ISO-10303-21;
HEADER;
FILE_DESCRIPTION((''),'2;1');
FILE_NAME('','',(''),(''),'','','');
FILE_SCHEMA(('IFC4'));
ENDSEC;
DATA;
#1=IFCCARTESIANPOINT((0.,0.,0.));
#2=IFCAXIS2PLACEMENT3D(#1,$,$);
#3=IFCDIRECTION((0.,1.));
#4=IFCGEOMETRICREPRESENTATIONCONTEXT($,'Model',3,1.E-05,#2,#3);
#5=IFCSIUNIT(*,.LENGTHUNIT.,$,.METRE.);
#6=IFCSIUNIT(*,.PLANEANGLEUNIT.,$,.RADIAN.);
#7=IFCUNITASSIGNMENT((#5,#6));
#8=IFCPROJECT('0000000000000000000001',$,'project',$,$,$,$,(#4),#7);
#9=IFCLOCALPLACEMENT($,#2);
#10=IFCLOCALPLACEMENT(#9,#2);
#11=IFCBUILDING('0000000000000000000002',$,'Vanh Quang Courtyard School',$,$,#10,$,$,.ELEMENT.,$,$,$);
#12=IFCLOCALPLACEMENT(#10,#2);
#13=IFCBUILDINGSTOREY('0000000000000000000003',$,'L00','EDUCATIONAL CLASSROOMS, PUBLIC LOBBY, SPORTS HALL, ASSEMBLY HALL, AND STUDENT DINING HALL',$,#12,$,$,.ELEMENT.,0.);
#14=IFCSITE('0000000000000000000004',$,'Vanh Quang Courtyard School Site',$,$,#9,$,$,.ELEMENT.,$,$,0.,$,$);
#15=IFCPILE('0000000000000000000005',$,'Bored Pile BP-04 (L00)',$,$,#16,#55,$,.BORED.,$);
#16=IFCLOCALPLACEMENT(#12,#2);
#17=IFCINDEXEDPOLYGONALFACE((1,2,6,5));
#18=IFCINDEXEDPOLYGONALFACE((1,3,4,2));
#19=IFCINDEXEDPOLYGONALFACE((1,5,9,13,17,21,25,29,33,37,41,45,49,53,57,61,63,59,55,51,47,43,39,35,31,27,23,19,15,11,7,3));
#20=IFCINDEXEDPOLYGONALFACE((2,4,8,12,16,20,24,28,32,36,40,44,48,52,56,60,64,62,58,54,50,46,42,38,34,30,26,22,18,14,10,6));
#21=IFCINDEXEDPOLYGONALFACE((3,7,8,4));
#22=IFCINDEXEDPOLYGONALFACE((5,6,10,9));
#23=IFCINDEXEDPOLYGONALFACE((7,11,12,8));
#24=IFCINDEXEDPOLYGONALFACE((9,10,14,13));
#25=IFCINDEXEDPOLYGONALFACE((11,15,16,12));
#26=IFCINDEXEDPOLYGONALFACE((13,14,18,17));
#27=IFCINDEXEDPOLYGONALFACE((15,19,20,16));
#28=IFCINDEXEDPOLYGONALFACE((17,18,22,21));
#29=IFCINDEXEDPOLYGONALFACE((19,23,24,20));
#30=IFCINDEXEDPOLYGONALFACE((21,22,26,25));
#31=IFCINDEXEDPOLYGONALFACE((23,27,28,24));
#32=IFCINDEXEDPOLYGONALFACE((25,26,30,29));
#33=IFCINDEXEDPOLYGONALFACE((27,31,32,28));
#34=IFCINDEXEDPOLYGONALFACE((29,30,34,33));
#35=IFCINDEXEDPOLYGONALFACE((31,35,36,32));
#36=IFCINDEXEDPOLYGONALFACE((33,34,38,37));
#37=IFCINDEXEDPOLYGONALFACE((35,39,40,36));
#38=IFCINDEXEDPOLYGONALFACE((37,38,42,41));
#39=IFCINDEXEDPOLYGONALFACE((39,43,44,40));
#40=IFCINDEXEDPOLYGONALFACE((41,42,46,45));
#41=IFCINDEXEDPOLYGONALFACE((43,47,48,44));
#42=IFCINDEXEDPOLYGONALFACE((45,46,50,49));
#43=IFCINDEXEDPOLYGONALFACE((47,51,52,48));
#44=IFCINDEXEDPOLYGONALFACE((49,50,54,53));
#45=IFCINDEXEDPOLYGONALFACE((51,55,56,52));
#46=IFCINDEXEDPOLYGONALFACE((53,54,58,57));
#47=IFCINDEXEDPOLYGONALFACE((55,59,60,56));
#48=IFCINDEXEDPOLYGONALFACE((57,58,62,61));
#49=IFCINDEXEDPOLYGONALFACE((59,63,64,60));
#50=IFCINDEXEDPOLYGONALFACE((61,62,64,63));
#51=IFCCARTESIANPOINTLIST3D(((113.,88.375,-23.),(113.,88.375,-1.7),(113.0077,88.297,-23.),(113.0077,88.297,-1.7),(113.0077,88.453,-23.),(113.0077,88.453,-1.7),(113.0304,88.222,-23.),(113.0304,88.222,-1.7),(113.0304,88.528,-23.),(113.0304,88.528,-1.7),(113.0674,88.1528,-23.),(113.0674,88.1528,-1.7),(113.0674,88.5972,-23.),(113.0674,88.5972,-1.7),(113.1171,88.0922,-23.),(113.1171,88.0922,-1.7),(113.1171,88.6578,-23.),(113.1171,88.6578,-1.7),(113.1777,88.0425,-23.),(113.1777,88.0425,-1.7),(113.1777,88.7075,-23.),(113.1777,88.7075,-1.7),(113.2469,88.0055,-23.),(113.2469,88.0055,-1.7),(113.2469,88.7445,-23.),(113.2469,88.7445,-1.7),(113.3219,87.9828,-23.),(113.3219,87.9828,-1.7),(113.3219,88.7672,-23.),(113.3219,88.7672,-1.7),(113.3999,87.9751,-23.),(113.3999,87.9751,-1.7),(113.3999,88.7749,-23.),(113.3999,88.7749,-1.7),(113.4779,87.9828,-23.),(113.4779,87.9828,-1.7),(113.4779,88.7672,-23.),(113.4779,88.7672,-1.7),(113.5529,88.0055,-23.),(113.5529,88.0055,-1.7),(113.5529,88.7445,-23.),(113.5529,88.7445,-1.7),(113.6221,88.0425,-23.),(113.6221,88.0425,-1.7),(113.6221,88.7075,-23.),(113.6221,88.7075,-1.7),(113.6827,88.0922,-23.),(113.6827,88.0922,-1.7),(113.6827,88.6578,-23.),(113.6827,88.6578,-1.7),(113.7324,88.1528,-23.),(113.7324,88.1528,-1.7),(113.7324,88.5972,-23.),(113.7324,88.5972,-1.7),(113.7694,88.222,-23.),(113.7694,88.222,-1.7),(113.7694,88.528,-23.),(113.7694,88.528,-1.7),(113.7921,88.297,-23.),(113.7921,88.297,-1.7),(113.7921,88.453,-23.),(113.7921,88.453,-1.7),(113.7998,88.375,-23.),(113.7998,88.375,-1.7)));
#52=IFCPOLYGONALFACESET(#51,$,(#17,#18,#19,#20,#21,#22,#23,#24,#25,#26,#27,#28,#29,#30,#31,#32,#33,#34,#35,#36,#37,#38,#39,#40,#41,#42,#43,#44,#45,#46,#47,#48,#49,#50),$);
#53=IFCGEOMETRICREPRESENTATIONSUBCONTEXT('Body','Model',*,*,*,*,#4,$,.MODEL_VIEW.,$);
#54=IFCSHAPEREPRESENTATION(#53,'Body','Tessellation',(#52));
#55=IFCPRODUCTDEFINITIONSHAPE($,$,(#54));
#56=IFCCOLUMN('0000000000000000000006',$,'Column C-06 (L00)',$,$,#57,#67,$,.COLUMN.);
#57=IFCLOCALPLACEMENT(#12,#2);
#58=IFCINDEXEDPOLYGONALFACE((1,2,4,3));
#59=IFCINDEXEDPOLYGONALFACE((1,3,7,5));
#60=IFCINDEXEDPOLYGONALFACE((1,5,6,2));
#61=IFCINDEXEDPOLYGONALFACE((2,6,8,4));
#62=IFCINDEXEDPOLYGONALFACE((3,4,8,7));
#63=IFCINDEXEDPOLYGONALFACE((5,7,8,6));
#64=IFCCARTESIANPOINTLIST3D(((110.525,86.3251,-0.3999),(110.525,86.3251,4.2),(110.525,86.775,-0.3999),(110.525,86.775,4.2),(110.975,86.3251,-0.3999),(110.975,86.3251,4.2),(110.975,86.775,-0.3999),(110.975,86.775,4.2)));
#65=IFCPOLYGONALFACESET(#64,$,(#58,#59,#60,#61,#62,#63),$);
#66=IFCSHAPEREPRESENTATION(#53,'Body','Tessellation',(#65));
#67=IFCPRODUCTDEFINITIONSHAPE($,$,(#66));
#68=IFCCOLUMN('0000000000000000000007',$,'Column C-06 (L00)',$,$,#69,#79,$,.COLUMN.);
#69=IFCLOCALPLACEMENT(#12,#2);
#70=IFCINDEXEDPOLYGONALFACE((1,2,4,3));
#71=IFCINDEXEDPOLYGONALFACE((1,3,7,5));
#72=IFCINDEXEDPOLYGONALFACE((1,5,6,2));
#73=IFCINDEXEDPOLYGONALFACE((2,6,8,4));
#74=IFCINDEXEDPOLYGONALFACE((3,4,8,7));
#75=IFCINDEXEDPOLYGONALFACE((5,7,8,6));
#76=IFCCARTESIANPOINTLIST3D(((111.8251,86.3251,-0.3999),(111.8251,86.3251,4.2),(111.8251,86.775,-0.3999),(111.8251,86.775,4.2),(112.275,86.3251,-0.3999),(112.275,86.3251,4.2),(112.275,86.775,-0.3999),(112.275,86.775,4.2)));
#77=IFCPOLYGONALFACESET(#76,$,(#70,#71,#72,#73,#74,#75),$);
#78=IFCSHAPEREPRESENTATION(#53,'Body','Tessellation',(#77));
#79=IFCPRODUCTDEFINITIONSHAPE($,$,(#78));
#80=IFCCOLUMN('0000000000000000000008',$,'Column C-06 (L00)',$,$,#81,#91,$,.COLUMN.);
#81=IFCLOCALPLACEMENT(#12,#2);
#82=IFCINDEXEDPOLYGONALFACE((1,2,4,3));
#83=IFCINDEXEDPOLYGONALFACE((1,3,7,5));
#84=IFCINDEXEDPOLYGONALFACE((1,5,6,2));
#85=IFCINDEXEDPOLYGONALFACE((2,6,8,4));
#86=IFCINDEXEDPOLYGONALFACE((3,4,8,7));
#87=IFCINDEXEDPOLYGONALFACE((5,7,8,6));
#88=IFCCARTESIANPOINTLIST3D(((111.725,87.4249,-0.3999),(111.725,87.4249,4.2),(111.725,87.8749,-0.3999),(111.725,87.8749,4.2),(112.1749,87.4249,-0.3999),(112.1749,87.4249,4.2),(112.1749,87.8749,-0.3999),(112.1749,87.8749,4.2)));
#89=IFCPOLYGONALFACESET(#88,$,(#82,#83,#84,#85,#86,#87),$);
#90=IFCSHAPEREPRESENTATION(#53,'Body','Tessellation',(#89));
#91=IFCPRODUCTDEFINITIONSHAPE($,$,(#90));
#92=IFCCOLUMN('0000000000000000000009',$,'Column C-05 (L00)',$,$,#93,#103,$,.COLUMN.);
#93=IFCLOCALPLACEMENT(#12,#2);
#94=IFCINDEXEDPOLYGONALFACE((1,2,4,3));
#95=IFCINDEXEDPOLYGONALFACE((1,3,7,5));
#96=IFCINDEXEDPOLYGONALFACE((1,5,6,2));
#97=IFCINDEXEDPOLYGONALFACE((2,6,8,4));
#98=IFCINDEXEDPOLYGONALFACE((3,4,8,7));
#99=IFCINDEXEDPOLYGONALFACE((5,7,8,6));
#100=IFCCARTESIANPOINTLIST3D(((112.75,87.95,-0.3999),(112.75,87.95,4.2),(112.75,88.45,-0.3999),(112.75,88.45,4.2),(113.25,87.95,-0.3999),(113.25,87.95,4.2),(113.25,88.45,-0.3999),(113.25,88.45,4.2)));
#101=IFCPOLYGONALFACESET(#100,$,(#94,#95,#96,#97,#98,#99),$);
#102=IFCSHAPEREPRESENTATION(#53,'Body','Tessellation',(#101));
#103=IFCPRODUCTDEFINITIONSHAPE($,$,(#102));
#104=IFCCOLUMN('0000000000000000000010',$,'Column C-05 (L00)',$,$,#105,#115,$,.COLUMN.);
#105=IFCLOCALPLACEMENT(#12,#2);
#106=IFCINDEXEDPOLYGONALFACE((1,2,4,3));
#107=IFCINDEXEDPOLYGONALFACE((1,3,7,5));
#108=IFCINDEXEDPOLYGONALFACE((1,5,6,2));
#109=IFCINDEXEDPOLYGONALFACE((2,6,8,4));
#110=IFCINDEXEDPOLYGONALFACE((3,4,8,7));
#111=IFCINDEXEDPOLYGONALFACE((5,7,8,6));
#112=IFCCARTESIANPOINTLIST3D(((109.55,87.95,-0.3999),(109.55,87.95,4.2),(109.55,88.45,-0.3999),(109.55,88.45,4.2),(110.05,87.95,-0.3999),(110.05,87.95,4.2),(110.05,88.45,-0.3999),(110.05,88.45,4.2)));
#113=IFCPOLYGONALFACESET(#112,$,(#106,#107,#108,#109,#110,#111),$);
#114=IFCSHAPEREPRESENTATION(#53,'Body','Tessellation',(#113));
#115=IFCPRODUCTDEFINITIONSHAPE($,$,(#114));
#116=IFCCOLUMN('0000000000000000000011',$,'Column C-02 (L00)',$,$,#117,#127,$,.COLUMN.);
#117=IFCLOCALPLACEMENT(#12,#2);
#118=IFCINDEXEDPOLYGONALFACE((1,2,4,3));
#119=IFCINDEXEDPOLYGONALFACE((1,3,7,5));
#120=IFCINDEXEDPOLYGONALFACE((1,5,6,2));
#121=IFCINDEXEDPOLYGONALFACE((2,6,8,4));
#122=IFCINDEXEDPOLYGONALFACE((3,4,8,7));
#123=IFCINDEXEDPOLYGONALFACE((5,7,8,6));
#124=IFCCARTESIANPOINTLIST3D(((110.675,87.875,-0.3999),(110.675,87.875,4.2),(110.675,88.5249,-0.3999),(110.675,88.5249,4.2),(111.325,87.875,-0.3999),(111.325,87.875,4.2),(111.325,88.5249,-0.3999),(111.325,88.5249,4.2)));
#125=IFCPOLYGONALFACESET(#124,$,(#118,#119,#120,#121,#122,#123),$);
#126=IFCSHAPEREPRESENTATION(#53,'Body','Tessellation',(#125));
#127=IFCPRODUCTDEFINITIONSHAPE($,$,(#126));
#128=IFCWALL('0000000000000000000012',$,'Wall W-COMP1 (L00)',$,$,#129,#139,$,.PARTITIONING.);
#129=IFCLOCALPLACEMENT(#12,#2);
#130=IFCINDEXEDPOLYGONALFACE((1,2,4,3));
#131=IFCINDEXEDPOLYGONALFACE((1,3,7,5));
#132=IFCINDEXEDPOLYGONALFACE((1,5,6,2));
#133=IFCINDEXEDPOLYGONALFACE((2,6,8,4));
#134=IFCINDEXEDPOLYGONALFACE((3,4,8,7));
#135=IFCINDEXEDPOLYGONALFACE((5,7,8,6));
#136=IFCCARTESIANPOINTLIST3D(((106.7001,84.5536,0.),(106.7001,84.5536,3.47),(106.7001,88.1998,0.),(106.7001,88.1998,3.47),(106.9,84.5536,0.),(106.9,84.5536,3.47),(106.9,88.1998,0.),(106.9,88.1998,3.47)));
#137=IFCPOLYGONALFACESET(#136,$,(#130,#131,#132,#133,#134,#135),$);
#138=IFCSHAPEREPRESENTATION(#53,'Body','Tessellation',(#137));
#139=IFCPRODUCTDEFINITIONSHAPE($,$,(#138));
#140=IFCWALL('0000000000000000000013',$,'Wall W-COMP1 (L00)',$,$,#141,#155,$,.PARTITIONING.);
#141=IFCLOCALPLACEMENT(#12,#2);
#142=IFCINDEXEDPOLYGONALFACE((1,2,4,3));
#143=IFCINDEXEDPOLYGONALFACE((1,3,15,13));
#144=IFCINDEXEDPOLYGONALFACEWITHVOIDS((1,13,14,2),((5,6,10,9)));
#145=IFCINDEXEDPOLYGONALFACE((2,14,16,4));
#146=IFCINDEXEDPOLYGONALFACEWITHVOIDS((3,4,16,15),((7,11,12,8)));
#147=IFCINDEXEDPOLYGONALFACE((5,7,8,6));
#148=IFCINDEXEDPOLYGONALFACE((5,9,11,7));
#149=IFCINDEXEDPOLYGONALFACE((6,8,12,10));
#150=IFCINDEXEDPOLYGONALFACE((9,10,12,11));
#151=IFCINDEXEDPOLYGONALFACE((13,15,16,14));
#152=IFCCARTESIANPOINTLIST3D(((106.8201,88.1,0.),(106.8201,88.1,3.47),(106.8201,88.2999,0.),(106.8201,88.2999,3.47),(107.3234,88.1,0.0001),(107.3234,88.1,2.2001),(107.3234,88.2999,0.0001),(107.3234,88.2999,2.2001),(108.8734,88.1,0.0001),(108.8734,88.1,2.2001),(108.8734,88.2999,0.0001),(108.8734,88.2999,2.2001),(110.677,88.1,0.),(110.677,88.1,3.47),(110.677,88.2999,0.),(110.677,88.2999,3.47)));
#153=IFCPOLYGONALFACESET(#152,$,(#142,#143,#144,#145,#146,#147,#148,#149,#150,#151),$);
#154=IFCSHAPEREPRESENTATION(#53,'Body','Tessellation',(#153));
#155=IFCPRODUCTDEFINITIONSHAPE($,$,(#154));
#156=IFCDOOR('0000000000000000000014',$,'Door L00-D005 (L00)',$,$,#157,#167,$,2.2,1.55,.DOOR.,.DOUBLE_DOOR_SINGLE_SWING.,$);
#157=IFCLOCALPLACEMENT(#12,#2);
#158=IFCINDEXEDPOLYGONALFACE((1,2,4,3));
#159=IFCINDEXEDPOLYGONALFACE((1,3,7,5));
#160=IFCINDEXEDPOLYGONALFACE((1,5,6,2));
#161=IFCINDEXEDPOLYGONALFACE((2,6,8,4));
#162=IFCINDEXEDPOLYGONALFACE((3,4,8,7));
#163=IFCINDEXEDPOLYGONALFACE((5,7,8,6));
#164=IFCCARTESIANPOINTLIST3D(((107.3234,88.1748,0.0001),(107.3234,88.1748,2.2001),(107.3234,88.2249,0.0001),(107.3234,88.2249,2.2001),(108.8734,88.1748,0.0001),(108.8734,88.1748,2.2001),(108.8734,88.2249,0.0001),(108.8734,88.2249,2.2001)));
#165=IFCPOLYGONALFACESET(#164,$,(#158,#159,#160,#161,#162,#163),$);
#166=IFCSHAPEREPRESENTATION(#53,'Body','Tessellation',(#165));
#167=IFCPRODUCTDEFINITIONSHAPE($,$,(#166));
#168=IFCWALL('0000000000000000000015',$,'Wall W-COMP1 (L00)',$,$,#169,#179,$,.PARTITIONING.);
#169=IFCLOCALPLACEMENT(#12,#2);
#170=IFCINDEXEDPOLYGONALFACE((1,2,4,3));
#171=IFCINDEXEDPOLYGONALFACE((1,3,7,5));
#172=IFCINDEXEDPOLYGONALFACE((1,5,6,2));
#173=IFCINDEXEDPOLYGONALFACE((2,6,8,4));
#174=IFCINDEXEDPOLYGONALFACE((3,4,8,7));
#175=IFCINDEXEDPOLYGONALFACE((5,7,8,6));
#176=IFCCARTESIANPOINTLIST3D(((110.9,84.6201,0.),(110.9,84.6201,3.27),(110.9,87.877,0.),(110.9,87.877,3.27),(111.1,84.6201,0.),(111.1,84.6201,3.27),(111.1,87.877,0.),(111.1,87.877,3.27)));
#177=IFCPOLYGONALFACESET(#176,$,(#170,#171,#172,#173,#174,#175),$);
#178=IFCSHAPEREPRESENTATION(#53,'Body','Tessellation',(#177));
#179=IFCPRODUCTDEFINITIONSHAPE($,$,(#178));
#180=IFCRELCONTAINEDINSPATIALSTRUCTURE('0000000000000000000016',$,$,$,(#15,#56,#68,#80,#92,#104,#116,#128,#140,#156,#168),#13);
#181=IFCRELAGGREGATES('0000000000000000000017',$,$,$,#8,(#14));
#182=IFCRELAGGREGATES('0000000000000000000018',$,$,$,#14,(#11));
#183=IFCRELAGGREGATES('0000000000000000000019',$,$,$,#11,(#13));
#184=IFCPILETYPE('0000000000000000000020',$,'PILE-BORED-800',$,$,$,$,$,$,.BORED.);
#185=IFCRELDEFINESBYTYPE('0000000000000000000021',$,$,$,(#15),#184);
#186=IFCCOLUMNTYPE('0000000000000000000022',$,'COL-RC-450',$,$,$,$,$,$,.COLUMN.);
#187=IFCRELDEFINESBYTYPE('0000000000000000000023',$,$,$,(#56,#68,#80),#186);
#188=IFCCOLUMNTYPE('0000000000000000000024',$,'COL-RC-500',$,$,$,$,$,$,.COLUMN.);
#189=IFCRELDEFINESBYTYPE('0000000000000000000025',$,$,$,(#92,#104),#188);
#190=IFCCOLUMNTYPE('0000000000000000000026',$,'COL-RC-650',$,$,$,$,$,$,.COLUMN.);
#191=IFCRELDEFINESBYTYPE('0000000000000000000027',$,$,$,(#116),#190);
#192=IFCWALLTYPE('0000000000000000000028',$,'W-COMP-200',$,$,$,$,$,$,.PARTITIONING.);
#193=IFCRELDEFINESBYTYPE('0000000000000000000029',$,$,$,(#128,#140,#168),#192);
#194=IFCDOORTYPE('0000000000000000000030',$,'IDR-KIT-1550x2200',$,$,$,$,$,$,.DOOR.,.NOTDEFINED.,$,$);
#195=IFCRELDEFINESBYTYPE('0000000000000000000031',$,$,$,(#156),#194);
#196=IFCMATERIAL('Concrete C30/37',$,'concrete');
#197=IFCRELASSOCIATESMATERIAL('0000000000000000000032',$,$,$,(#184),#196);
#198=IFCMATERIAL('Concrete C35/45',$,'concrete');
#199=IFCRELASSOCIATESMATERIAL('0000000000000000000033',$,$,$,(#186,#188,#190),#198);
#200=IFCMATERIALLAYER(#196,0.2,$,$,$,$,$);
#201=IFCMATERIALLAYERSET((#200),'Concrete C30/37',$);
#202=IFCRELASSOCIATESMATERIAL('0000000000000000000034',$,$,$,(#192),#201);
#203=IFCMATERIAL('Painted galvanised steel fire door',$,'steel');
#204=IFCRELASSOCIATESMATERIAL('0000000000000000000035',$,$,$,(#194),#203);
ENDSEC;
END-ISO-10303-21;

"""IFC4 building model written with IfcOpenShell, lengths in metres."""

from ifc_helpers import new_model, si_unit, direction, frame, frame_2d, origin, origin_2d, place, context, subcontext, project, spatial, rectangle, circle, extrude, material, layer, layer_set, material_profile, profile_set, type_object, element, fill, save


model = new_model("IFC4")

# Units and contexts
model_context = context("Model", 3, precision=1e-05, world=origin(), true_north=direction((0.0, 1.0)))
body_context = subcontext(model_context, "Body", "Model", "MODEL_VIEW")
ifc_project = project(units=[si_unit("LENGTHUNIT", "METRE"), si_unit("PLANEANGLEUNIT", "RADIAN")], contexts=[model_context])

# Site, building, storey
site_placement = place(None, origin())
site = spatial("IfcSite", under=ifc_project, at=site_placement, Name="Vanh Quang Courtyard School Site", CompositionType="ELEMENT", RefElevation=0.0)
building_placement = place(site_placement, origin())
building = spatial("IfcBuilding", under=site, at=building_placement, Name="Vanh Quang Courtyard School", CompositionType="ELEMENT")
storey_placement = place(building_placement, origin())
storey = spatial("IfcBuildingStorey", under=building, at=storey_placement, Name="L00", Description="EDUCATIONAL CLASSROOMS, PUBLIC LOBBY, SPORTS HALL, ASSEMBLY HALL, AND STUDENT DINING HALL", CompositionType="ELEMENT", Elevation=0.0)

# Shared definitions
ifc_material_1 = material(Name="Concrete C35/45", Category="concrete")

# Pile
ifc_material_2 = material(Name="Concrete C30/37", Category="concrete")
ifc_material_profile_1 = material_profile(ifc_material_2, circle(Radius=0.3999, at=origin_2d()), Name="PILE D800")
ifc_profile_set_1 = profile_set([ifc_material_profile_1], Name="Concrete C30/37")
pile_type = type_object("IfcPileType", Name="PILE-BORED-800", PredefinedType="BORED", material=ifc_profile_set_1)
for number, where, z_axis, x_axis, name in (
    (1, (113.3999, 88.375, -1.7), (0.0, 0.0, -1.0), (1.0, 0.0, 0.0), "Bored Pile BP-04 (L00)"),
):
    element("IfcPile", number, at=place(storey_placement, frame(where, z_axis=z_axis, x_axis=x_axis)), inside=storey, type_object=pile_type, Name=name, PredefinedType="BORED", context=body_context, shape_type="SweptSolid", body=[
        extrude(circle(Radius=0.3999, at=origin_2d()), origin(), (0.0, 0.0, 1.0), 21.3),
    ])

# Columns
ifc_material_profile_2 = material_profile(ifc_material_1, rectangle(XDim=0.45, YDim=0.45, at=origin_2d()), Name="RC-COL 450x450")
ifc_profile_set_2 = profile_set([ifc_material_profile_2], Name="Concrete C35/45")
column_type_1 = type_object("IfcColumnType", Name="COL-RC-450", PredefinedType="COLUMN", material=ifc_profile_set_2)
for number, where, z_axis, x_axis, name in (
    (2, (110.75, 86.55, -0.3999), (0.0, 0.0, 1.0), (1.0, 0.0, 0.0), "Column C-06 (L00)"),
    (3, (112.05, 86.55, -0.3999), (0.0, 0.0, 1.0), (1.0, 0.0, 0.0), "Column C-06 (L00)"),
    (4, (111.95, 87.6499, -0.3999), (0.0, 0.0, 1.0), (1.0, 0.0, 0.0), "Column C-06 (L00)"),
):
    element("IfcColumn", number, at=place(storey_placement, frame(where, z_axis=z_axis, x_axis=x_axis)), inside=storey, type_object=column_type_1, Name=name, PredefinedType="COLUMN", context=body_context, shape_type="SweptSolid", body=[
        extrude(rectangle(XDim=0.45, YDim=0.45, at=origin_2d()), origin(), (0.0, 0.0, 1.0), 4.5999),
    ])
ifc_material_profile_3 = material_profile(ifc_material_1, rectangle(XDim=0.5, YDim=0.5, at=origin_2d()), Name="RC-COL 500x500")
ifc_profile_set_3 = profile_set([ifc_material_profile_3], Name="Concrete C35/45")
column_type_2 = type_object("IfcColumnType", Name="COL-RC-500", PredefinedType="COLUMN", material=ifc_profile_set_3)
for number, where, z_axis, x_axis, name in (
    (5, (113.0, 88.2, -0.3999), (0.0, 0.0, 1.0), (1.0, 0.0, 0.0), "Column C-05 (L00)"),
    (6, (109.8, 88.2, -0.3999), (0.0, 0.0, 1.0), (1.0, 0.0, 0.0), "Column C-05 (L00)"),
):
    element("IfcColumn", number, at=place(storey_placement, frame(where, z_axis=z_axis, x_axis=x_axis)), inside=storey, type_object=column_type_2, Name=name, PredefinedType="COLUMN", context=body_context, shape_type="SweptSolid", body=[
        extrude(rectangle(XDim=0.5, YDim=0.5, at=origin_2d()), origin(), (0.0, 0.0, 1.0), 4.5999),
    ])
ifc_material_profile_4 = material_profile(ifc_material_1, rectangle(XDim=0.6499, YDim=0.6499, at=origin_2d()), Name="RC-COL 650x650")
ifc_profile_set_4 = profile_set([ifc_material_profile_4], Name="Concrete C35/45")
column_type_3 = type_object("IfcColumnType", Name="COL-RC-650", PredefinedType="COLUMN", material=ifc_profile_set_4)
column_placement = place(storey_placement, frame((111.0, 88.2, -0.3999), z_axis=(0.0, 0.0, 1.0), x_axis=(1.0, 0.0, 0.0)))
element("IfcColumn", 7, at=column_placement, inside=storey, type_object=column_type_3, Name="Column C-02 (L00)", PredefinedType="COLUMN", context=body_context, shape_type="SweptSolid", body=[
    extrude(rectangle(XDim=0.6499, YDim=0.6499, at=origin_2d()), origin(), (0.0, 0.0, 1.0), 4.5999),
])

# Shared definitions
ifc_layer_1 = layer(ifc_material_2, 0.2)
ifc_layer_set_1 = layer_set([ifc_layer_1], Name="Concrete C30/37")
wall_type_1 = type_object("IfcWallType", Name="W-COMP-200", PredefinedType="PARTITIONING", material=ifc_layer_set_1)
ifc_material_3 = material(Name="Painted galvanised steel fire door", Category="steel")

# Wall
wall_1_placement = place(storey_placement, frame((106.8, 88.2, 0.0), z_axis=(0.0, 0.0, 1.0), x_axis=(0.0, -1.0, 0.0)))
element("IfcWall", 8, at=wall_1_placement, inside=storey, type_object=wall_type_1, Name="Wall W-COMP1 (L00)", PredefinedType="PARTITIONING", context=body_context, shape_type="SweptSolid", body=[
    extrude(rectangle(XDim=3.6462, YDim=0.2, at=frame_2d((1.8232, 0.0))), origin(), (0.0, 0.0, 1.0), 3.47),
])

# Wall, opening, door
wall_2_placement = place(storey_placement, frame((106.8201, 88.2, 0.0), z_axis=(0.0, 0.0, 1.0), x_axis=(1.0, 0.0, 0.0)))
wall_2 = element("IfcWall", 9, at=wall_2_placement, inside=storey, type_object=wall_type_1, Name="Wall W-COMP1 (L00)", PredefinedType="PARTITIONING", context=body_context, shape_type="SweptSolid", body=[
    extrude(rectangle(XDim=3.8569, YDim=0.2, at=frame_2d((1.9285, 0.0))), origin(), (0.0, 0.0, 1.0), 3.47),
])
opening_1_placement = place(wall_2_placement, frame((0.5034, 0.0, 0.0)))
opening_1 = element("IfcOpeningElement", 10, at=opening_1_placement, cuts=wall_2, PredefinedType="OPENING", context=body_context, shape_type="SweptSolid", body=[
    extrude(rectangle(XDim=1.55, YDim=2.2, at=frame_2d((0.7749, 1.1001))), frame((0.0, 0.1099, 0.0), z_axis=(0.0, -1.0, 0.0), x_axis=(1.0, 0.0, 0.0)), (0.0, 0.0, 1.0), 0.22),
])
door_type_1 = type_object("IfcDoorType", Name="IDR-KIT-1550x2200", OperationType="NOTDEFINED", PredefinedType="DOOR", material=ifc_material_3)
door_1_placement = place(opening_1_placement, origin())
door_1 = element("IfcDoor", 11, at=door_1_placement, inside=storey, type_object=door_type_1, Name="Door L00-D005 (L00)", OperationType="DOUBLE_DOOR_SINGLE_SWING", OverallHeight=2.2, OverallWidth=1.55, PredefinedType="DOOR", context=body_context, shape_type="SweptSolid", body=[
    extrude(rectangle(XDim=1.55, YDim=2.2, at=frame_2d((0.7749, 1.1001))), frame((0.0, 0.0249, 0.0), z_axis=(0.0, -1.0, 0.0), x_axis=(1.0, 0.0, 0.0)), (0.0, 0.0, 1.0), 0.05),
])
fill(opening_1, door_1)

# Wall
wall_3_placement = place(storey_placement, frame((111.0, 87.877, 0.0), z_axis=(0.0, 0.0, 1.0), x_axis=(0.0, -1.0, 0.0)))
element("IfcWall", 12, at=wall_3_placement, inside=storey, type_object=wall_type_1, Name="Wall W-COMP1 (L00)", PredefinedType="PARTITIONING", context=body_context, shape_type="SweptSolid", body=[
    extrude(rectangle(XDim=3.2568, YDim=0.2, at=frame_2d((1.6284, 0.0))), origin(), (0.0, 0.0, 1.0), 3.27),
])

save(model, "model.ifc")
